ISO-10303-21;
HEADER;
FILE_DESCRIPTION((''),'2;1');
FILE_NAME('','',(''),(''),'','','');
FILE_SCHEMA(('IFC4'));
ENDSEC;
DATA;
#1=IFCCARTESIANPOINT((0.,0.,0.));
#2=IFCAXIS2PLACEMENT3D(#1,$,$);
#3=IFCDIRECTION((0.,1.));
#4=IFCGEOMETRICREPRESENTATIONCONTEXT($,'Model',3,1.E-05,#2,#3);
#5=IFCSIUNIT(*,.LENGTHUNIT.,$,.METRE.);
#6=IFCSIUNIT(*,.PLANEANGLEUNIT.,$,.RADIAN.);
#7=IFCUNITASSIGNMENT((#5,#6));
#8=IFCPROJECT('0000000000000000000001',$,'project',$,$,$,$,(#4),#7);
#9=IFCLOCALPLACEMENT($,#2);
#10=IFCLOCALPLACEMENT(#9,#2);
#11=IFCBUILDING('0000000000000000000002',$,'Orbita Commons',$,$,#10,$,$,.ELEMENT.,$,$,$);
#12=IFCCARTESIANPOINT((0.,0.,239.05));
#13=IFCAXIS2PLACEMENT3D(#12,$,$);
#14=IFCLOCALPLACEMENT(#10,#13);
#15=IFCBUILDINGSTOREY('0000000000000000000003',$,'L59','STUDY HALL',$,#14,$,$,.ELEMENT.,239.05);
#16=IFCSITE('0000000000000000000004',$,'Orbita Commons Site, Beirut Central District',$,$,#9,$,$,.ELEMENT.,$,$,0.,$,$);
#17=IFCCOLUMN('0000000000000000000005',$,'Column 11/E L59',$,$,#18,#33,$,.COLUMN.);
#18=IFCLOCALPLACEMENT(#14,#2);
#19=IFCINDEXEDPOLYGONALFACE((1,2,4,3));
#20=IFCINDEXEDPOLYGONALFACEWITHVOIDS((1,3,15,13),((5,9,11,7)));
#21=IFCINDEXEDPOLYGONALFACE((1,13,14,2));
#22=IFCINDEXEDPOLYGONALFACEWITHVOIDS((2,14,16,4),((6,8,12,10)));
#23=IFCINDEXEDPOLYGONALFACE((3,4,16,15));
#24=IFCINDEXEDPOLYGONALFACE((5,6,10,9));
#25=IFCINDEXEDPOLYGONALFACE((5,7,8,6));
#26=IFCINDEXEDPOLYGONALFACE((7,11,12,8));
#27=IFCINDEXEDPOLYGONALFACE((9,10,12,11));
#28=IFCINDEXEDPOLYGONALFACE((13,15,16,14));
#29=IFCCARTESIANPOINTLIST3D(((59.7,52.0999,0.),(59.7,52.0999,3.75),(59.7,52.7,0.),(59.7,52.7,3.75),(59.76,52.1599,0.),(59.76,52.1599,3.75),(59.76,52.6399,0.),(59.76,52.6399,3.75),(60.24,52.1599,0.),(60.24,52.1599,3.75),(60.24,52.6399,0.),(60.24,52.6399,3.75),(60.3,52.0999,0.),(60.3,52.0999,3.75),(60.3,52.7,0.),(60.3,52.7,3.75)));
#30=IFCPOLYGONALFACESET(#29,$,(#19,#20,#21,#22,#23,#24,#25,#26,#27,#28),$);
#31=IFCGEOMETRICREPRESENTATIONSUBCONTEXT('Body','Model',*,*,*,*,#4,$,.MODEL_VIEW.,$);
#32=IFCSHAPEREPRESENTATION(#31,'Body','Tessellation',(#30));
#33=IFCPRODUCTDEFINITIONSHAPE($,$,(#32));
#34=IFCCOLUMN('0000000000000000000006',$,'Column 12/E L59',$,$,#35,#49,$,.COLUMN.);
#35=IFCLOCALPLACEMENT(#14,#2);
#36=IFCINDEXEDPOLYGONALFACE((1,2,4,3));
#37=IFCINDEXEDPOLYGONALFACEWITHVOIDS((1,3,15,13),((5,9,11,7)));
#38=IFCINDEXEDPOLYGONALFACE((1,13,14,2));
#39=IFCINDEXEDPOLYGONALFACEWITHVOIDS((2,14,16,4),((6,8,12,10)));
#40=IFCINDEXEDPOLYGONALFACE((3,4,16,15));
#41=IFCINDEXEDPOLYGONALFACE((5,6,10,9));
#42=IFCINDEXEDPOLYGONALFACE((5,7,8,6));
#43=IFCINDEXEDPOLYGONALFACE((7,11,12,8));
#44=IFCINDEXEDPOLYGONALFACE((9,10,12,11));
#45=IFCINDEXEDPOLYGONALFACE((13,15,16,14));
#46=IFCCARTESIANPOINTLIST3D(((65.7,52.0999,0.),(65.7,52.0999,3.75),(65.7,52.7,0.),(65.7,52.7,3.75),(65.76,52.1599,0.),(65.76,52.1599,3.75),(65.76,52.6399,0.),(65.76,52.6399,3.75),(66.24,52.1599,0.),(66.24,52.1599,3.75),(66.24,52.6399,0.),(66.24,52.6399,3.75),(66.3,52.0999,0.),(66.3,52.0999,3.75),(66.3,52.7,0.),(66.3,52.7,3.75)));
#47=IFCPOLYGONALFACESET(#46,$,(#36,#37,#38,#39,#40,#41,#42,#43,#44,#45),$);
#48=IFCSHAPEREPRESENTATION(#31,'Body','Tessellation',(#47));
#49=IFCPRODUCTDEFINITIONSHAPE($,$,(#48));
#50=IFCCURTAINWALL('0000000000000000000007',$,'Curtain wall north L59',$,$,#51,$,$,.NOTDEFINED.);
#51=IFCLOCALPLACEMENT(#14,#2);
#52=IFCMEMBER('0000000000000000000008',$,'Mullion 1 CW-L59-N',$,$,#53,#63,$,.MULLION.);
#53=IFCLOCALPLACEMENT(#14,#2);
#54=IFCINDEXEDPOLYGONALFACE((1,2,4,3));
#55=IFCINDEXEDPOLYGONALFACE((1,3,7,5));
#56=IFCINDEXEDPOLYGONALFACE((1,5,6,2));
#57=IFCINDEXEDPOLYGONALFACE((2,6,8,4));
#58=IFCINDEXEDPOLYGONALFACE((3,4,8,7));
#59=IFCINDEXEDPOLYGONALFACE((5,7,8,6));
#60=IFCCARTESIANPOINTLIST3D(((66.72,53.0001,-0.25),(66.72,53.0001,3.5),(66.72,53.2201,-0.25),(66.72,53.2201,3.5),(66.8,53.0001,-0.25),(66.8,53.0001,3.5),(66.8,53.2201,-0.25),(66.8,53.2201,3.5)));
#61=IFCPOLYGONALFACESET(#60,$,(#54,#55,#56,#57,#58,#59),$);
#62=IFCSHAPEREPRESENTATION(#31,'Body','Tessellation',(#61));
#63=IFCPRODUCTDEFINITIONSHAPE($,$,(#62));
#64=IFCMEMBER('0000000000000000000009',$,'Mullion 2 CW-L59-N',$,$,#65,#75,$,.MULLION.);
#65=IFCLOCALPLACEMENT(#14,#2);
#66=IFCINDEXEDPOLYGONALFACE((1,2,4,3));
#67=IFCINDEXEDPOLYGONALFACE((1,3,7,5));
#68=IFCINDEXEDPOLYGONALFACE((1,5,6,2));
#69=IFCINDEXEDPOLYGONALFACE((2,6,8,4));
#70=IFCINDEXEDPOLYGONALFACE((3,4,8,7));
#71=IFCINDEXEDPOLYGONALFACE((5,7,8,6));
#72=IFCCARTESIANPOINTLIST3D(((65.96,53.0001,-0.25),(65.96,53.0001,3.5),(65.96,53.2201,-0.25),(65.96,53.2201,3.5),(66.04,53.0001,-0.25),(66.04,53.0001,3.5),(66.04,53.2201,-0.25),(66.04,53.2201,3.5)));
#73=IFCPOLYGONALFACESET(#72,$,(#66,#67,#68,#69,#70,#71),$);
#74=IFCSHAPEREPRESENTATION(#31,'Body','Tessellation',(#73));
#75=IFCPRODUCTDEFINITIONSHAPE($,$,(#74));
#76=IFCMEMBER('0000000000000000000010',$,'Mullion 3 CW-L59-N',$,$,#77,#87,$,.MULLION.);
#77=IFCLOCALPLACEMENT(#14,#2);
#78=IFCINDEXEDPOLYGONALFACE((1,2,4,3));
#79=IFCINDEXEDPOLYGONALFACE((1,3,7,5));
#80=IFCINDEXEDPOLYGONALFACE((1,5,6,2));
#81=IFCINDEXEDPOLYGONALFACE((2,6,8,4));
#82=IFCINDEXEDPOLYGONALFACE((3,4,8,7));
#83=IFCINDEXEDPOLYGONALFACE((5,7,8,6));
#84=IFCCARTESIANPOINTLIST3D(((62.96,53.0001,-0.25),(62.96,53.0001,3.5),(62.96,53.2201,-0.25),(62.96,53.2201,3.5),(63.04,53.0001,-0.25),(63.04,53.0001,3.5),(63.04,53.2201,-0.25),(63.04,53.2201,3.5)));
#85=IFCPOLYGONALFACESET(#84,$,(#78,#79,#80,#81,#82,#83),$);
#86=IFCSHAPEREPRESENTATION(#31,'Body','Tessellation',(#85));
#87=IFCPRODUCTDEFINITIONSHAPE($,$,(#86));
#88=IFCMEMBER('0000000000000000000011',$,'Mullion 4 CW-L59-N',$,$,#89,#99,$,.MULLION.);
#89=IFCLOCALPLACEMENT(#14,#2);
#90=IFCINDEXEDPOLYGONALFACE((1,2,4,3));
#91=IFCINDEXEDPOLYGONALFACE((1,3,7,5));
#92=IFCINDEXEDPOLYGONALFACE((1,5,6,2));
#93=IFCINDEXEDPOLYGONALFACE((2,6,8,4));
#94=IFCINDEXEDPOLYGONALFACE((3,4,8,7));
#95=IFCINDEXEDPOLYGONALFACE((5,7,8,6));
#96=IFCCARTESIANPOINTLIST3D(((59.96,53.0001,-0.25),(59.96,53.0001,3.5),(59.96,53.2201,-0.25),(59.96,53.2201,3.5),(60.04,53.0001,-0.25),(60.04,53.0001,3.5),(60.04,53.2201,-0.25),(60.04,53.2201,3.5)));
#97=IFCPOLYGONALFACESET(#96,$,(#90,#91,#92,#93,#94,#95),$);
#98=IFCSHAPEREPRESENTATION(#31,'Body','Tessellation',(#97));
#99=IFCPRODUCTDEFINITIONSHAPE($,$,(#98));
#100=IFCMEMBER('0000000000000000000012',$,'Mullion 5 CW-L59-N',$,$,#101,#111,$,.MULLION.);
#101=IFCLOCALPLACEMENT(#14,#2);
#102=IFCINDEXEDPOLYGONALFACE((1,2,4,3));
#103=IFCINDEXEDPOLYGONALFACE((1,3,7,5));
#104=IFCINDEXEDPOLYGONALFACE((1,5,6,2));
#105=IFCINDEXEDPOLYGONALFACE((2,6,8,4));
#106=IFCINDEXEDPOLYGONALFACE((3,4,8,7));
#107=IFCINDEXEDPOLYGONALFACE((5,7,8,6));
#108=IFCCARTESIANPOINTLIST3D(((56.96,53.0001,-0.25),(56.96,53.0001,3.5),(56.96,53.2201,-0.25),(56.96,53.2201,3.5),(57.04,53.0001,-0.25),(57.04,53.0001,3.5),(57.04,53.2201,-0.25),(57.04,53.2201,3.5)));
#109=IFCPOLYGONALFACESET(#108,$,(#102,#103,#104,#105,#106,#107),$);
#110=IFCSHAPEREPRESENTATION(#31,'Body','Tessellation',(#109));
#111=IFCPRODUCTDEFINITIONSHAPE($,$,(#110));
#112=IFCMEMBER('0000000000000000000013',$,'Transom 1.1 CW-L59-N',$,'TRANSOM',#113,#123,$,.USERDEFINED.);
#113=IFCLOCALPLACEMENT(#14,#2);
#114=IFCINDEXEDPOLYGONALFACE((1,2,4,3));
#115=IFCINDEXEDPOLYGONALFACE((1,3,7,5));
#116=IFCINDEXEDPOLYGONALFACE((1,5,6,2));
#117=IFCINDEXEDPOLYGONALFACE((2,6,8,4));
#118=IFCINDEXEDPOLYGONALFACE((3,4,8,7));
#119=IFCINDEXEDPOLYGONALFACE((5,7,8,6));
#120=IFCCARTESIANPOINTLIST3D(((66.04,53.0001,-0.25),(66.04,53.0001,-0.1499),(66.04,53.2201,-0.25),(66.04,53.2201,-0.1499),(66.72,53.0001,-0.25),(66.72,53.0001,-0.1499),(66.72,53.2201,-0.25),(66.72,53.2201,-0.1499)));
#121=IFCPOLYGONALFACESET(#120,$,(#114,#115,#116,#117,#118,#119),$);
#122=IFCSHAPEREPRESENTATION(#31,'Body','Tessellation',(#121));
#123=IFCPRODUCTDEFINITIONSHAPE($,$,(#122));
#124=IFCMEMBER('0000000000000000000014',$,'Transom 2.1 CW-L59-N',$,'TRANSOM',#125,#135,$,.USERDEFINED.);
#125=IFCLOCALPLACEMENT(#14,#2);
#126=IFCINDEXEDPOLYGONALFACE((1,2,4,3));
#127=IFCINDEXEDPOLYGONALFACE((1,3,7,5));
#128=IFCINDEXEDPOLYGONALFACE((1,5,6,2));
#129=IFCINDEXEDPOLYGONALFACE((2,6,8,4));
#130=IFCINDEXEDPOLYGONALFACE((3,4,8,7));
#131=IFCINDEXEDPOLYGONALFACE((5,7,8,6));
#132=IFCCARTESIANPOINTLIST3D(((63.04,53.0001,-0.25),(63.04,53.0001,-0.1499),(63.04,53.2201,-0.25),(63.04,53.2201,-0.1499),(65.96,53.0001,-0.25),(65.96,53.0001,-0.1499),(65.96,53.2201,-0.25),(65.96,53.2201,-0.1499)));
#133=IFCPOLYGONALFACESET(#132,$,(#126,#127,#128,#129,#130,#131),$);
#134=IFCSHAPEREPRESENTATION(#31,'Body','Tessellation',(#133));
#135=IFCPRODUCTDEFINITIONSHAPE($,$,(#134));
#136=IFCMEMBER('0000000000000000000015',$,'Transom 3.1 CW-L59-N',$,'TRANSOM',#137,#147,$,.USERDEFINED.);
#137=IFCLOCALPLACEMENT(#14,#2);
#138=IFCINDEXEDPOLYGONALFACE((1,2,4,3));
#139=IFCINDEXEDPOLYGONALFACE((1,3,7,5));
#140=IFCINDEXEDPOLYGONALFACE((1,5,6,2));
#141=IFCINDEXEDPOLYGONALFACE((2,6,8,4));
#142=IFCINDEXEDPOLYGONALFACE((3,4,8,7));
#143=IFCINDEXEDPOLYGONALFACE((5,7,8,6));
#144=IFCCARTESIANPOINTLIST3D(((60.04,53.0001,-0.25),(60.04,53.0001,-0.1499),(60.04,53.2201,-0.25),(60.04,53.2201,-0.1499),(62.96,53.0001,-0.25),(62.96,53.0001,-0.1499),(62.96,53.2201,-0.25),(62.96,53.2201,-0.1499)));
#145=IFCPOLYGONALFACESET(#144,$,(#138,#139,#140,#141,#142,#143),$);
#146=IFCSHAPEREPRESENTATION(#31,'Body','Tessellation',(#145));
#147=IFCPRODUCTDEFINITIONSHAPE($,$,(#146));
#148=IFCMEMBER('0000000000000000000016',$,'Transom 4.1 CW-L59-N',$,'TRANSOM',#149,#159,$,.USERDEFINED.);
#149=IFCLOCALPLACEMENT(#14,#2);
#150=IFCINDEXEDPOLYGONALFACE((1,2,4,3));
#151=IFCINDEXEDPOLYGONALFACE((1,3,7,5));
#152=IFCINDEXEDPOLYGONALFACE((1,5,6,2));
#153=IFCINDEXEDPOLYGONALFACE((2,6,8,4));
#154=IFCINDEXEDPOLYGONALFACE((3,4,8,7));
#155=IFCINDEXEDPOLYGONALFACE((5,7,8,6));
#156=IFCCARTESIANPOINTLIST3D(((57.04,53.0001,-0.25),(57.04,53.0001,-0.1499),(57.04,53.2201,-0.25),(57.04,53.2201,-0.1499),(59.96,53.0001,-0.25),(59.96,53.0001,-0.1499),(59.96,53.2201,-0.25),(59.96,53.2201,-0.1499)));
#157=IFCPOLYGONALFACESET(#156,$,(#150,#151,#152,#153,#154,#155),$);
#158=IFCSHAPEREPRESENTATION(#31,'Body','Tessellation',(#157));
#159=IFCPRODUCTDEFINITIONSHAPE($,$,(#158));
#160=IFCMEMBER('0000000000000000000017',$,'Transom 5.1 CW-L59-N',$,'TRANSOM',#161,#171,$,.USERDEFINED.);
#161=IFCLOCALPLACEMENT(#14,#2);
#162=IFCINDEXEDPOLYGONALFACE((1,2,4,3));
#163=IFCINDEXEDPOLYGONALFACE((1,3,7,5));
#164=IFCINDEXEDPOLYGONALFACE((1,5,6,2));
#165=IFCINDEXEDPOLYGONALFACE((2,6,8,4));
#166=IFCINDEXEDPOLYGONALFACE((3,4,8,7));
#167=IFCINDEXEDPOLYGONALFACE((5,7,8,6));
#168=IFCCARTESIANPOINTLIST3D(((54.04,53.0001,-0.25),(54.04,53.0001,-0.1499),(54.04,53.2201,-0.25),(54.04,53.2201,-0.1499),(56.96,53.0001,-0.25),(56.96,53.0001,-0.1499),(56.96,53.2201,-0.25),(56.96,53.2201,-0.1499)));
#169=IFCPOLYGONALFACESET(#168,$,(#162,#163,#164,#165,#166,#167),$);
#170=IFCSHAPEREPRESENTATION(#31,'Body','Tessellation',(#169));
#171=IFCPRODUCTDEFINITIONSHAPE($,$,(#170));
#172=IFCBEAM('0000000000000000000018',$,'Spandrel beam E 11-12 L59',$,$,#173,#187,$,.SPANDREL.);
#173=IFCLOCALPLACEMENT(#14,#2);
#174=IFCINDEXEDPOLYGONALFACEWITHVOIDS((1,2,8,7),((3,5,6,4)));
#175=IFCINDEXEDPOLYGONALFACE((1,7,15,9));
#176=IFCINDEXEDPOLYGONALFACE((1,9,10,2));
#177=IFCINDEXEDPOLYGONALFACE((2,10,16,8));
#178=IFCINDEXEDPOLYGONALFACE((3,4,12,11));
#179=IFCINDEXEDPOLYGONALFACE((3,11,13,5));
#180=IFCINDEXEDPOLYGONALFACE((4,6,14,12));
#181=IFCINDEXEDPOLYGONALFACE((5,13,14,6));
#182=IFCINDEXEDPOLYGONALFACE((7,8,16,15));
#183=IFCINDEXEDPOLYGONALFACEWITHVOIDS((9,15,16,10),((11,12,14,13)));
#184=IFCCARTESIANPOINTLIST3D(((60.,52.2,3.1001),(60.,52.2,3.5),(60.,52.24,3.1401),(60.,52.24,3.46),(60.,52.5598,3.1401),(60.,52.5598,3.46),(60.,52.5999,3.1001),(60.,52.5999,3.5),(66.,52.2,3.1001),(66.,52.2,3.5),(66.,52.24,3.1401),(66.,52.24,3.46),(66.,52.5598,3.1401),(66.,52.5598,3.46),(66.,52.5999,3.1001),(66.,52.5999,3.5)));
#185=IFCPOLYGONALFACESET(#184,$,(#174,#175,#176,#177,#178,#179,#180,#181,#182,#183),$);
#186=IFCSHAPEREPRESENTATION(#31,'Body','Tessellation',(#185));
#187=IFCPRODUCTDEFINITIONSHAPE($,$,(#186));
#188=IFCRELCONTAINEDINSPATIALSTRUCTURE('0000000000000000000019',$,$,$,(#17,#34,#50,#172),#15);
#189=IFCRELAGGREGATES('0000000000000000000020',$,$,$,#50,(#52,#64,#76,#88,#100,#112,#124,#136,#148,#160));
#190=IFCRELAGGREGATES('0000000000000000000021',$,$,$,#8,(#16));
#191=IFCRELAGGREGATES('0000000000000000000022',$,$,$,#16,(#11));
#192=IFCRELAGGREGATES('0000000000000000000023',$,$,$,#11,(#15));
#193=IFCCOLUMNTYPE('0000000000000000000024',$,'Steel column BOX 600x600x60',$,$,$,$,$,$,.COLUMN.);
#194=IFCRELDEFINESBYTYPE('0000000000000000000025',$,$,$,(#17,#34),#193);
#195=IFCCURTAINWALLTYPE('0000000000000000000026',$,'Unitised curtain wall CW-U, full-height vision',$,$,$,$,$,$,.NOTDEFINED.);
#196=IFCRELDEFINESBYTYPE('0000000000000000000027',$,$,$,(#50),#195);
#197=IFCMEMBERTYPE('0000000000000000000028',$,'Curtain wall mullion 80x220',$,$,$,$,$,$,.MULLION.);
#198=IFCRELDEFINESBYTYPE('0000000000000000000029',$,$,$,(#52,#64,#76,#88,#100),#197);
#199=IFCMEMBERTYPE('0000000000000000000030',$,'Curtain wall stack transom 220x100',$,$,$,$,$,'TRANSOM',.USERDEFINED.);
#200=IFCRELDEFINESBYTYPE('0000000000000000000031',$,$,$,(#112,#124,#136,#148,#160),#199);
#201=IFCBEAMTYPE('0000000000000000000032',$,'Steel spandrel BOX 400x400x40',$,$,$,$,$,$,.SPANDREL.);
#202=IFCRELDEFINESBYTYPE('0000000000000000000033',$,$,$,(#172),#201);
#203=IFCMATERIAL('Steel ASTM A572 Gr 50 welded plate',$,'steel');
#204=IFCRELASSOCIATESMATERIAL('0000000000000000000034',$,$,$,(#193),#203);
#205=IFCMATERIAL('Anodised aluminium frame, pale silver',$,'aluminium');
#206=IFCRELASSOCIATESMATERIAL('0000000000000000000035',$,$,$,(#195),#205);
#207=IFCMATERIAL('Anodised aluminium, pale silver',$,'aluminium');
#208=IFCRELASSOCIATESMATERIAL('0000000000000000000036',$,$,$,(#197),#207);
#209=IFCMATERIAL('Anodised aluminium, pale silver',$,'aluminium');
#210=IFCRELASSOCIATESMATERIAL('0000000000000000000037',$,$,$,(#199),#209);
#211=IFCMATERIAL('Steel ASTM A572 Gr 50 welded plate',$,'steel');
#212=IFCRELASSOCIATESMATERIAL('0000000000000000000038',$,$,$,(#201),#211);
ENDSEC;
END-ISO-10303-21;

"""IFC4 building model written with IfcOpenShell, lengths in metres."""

from ifc_helpers import new_model, si_unit, direction, frame, origin, origin_2d, place, context, subcontext, project, spatial, rectangle, hollow_rectangle, extrude, material, material_profile, profile_set, type_object, element, aggregate, save


model = new_model("IFC4")

# Units and contexts
model_context = context("Model", 3, precision=1e-05, world=origin(), true_north=direction((0.0, 1.0)))
body_context = subcontext(model_context, "Body", "Model", "MODEL_VIEW")
ifc_project = project(units=[si_unit("LENGTHUNIT", "METRE"), si_unit("PLANEANGLEUNIT", "RADIAN")], contexts=[model_context])

# Site, building, storey
site_placement = place(None, origin())
site = spatial("IfcSite", under=ifc_project, at=site_placement, Name="Orbita Commons Site, Beirut Central District", CompositionType="ELEMENT", RefElevation=0.0)
building_placement = place(site_placement, origin())
building = spatial("IfcBuilding", under=site, at=building_placement, Name="Orbita Commons", CompositionType="ELEMENT")
storey_placement = place(building_placement, frame((0.0, 0.0, 239.05)))
storey = spatial("IfcBuildingStorey", under=building, at=storey_placement, Name="L59", Description="STUDY HALL", CompositionType="ELEMENT", Elevation=239.05)

# Columns
ifc_material_1 = material(Name="Steel ASTM A572 Gr 50 welded plate", Category="steel")
ifc_material_profile_1 = material_profile(ifc_material_1, hollow_rectangle(XDim=0.6001, YDim=0.6001, WallThickness=0.0601, at=origin_2d()), Name="BOX 600x600x60")
ifc_profile_set_1 = profile_set([ifc_material_profile_1], Name="Steel ASTM A572 Gr 50 welded plate")
column_type = type_object("IfcColumnType", Name="Steel column BOX 600x600x60", PredefinedType="COLUMN", material=ifc_profile_set_1)
for number, where, z_axis, x_axis, name in (
    (1, (60.0, 52.3999, 0.0), (0.0, 0.0, 1.0), (1.0, 0.0, 0.0), "Column 11/E L59"),
    (2, (66.0, 52.3999, 0.0), (0.0, 0.0, 1.0), (1.0, 0.0, 0.0), "Column 12/E L59"),
):
    element("IfcColumn", number, at=place(storey_placement, frame(where, z_axis=z_axis, x_axis=x_axis)), inside=storey, type_object=column_type, Name=name, PredefinedType="COLUMN", context=body_context, shape_type="SweptSolid", body=[
        extrude(hollow_rectangle(XDim=0.6001, YDim=0.6001, WallThickness=0.0601, at=origin_2d()), origin(), (0.0, 0.0, 1.0), 3.75),
    ])

# Curtain wall, members
ifc_material_2 = material(Name="Anodised aluminium frame, pale silver", Category="aluminium")
curtain_wall_type = type_object("IfcCurtainWallType", Name="Unitised curtain wall CW-U, full-height vision", PredefinedType="NOTDEFINED", material=ifc_material_2)
curtain_wall_placement = place(storey_placement, origin())
curtain_wall = element("IfcCurtainWall", 3, at=curtain_wall_placement, inside=storey, type_object=curtain_wall_type, Name="Curtain wall north L59", PredefinedType="NOTDEFINED")
ifc_material_3 = material(Name="Anodised aluminium, pale silver", Category="aluminium")
ifc_material_profile_2 = material_profile(ifc_material_3, rectangle(XDim=0.0801, YDim=0.22, at=origin_2d()), Name="AL 80x220")
ifc_profile_set_2 = profile_set([ifc_material_profile_2], Name="Anodised aluminium, pale silver")
member_type_1 = type_object("IfcMemberType", Name="Curtain wall mullion 80x220", PredefinedType="MULLION", material=ifc_profile_set_2)
member_1_placement = place(storey_placement, frame((66.76, 53.1101, -0.25), z_axis=(0.0, 0.0, 1.0), x_axis=(-1.0, 0.0, 0.0)))
member_1 = element("IfcMember", 4, at=member_1_placement, type_object=member_type_1, Name="Mullion 1 CW-L59-N", PredefinedType="MULLION", context=body_context, shape_type="SweptSolid", body=[
    extrude(rectangle(XDim=0.0801, YDim=0.22, at=origin_2d()), origin(), (0.0, 0.0, 1.0), 3.75),
])
member_2_placement = place(storey_placement, frame((66.0, 53.1101, -0.25), z_axis=(0.0, 0.0, 1.0), x_axis=(-1.0, 0.0, 0.0)))
member_2 = element("IfcMember", 5, at=member_2_placement, type_object=member_type_1, Name="Mullion 2 CW-L59-N", PredefinedType="MULLION", context=body_context, shape_type="SweptSolid", body=[
    extrude(rectangle(XDim=0.0801, YDim=0.22, at=origin_2d()), origin(), (0.0, 0.0, 1.0), 3.75),
])
member_3_placement = place(storey_placement, frame((63.0, 53.1101, -0.25), z_axis=(0.0, 0.0, 1.0), x_axis=(-1.0, 0.0, 0.0)))
member_3 = element("IfcMember", 6, at=member_3_placement, type_object=member_type_1, Name="Mullion 3 CW-L59-N", PredefinedType="MULLION", context=body_context, shape_type="SweptSolid", body=[
    extrude(rectangle(XDim=0.0801, YDim=0.22, at=origin_2d()), origin(), (0.0, 0.0, 1.0), 3.75),
])
member_4_placement = place(storey_placement, frame((60.0, 53.1101, -0.25), z_axis=(0.0, 0.0, 1.0), x_axis=(-1.0, 0.0, 0.0)))
member_4 = element("IfcMember", 7, at=member_4_placement, type_object=member_type_1, Name="Mullion 4 CW-L59-N", PredefinedType="MULLION", context=body_context, shape_type="SweptSolid", body=[
    extrude(rectangle(XDim=0.0801, YDim=0.22, at=origin_2d()), origin(), (0.0, 0.0, 1.0), 3.75),
])
member_5_placement = place(storey_placement, frame((57.0, 53.1101, -0.25), z_axis=(0.0, 0.0, 1.0), x_axis=(-1.0, 0.0, 0.0)))
member_5 = element("IfcMember", 8, at=member_5_placement, type_object=member_type_1, Name="Mullion 5 CW-L59-N", PredefinedType="MULLION", context=body_context, shape_type="SweptSolid", body=[
    extrude(rectangle(XDim=0.0801, YDim=0.22, at=origin_2d()), origin(), (0.0, 0.0, 1.0), 3.75),
])
ifc_material_4 = material(Name="Anodised aluminium, pale silver", Category="aluminium")
ifc_material_profile_3 = material_profile(ifc_material_4, rectangle(XDim=0.22, YDim=0.1001, at=origin_2d()), Name="AL 220x100")
ifc_profile_set_3 = profile_set([ifc_material_profile_3], Name="Anodised aluminium, pale silver")
member_type_2 = type_object("IfcMemberType", Name="Curtain wall stack transom 220x100", ElementType="TRANSOM", PredefinedType="USERDEFINED", material=ifc_profile_set_3)
member_6_placement = place(storey_placement, frame((66.72, 53.1101, -0.2), z_axis=(-1.0, 0.0, 0.0), x_axis=(0.0, -1.0, 0.0)))
member_6 = element("IfcMember", 9, at=member_6_placement, type_object=member_type_2, Name="Transom 1.1 CW-L59-N", ObjectType="TRANSOM", PredefinedType="USERDEFINED", context=body_context, shape_type="SweptSolid", body=[
    extrude(rectangle(XDim=0.22, YDim=0.1001, at=origin_2d()), origin(), (0.0, 0.0, 1.0), 0.6799),
])
member_7_placement = place(storey_placement, frame((65.96, 53.1101, -0.2), z_axis=(-1.0, 0.0, 0.0), x_axis=(0.0, -1.0, 0.0)))
member_7 = element("IfcMember", 10, at=member_7_placement, type_object=member_type_2, Name="Transom 2.1 CW-L59-N", ObjectType="TRANSOM", PredefinedType="USERDEFINED", context=body_context, shape_type="SweptSolid", body=[
    extrude(rectangle(XDim=0.22, YDim=0.1001, at=origin_2d()), origin(), (0.0, 0.0, 1.0), 2.9199),
])
member_8_placement = place(storey_placement, frame((62.96, 53.1101, -0.2), z_axis=(-1.0, 0.0, 0.0), x_axis=(0.0, -1.0, 0.0)))
member_8 = element("IfcMember", 11, at=member_8_placement, type_object=member_type_2, Name="Transom 3.1 CW-L59-N", ObjectType="TRANSOM", PredefinedType="USERDEFINED", context=body_context, shape_type="SweptSolid", body=[
    extrude(rectangle(XDim=0.22, YDim=0.1001, at=origin_2d()), origin(), (0.0, 0.0, 1.0), 2.9199),
])
member_9_placement = place(storey_placement, frame((59.96, 53.1101, -0.2), z_axis=(-1.0, 0.0, 0.0), x_axis=(0.0, -1.0, 0.0)))
member_9 = element("IfcMember", 12, at=member_9_placement, type_object=member_type_2, Name="Transom 4.1 CW-L59-N", ObjectType="TRANSOM", PredefinedType="USERDEFINED", context=body_context, shape_type="SweptSolid", body=[
    extrude(rectangle(XDim=0.22, YDim=0.1001, at=origin_2d()), origin(), (0.0, 0.0, 1.0), 2.9199),
])
member_10_placement = place(storey_placement, frame((56.96, 53.1101, -0.2), z_axis=(-1.0, 0.0, 0.0), x_axis=(0.0, -1.0, 0.0)))
member_10 = element("IfcMember", 13, at=member_10_placement, type_object=member_type_2, Name="Transom 5.1 CW-L59-N", ObjectType="TRANSOM", PredefinedType="USERDEFINED", context=body_context, shape_type="SweptSolid", body=[
    extrude(rectangle(XDim=0.22, YDim=0.1001, at=origin_2d()), origin(), (0.0, 0.0, 1.0), 2.9199),
])

# Beam
ifc_material_5 = material(Name="Steel ASTM A572 Gr 50 welded plate", Category="steel")
ifc_material_profile_4 = material_profile(ifc_material_5, hollow_rectangle(XDim=0.3999, YDim=0.3999, WallThickness=0.04, at=origin_2d()), Name="BOX 400x400x40")
ifc_profile_set_4 = profile_set([ifc_material_profile_4], Name="Steel ASTM A572 Gr 50 welded plate")
beam_type = type_object("IfcBeamType", Name="Steel spandrel BOX 400x400x40", PredefinedType="SPANDREL", material=ifc_profile_set_4)
beam_placement = place(storey_placement, frame((60.0, 52.3999, 3.3), z_axis=(1.0, 0.0, 0.0), x_axis=(0.0, 1.0, 0.0)))
element("IfcBeam", 14, at=beam_placement, inside=storey, type_object=beam_type, Name="Spandrel beam E 11-12 L59", PredefinedType="SPANDREL", context=body_context, shape_type="SweptSolid", body=[
    extrude(hollow_rectangle(XDim=0.3999, YDim=0.3999, WallThickness=0.04, at=origin_2d()), origin(), (0.0, 0.0, 1.0), 6.0),
])

aggregate(curtain_wall, [member_1, member_2, member_3, member_4, member_5, member_6, member_7, member_8, member_9, member_10])

save(model, "model.ifc")
